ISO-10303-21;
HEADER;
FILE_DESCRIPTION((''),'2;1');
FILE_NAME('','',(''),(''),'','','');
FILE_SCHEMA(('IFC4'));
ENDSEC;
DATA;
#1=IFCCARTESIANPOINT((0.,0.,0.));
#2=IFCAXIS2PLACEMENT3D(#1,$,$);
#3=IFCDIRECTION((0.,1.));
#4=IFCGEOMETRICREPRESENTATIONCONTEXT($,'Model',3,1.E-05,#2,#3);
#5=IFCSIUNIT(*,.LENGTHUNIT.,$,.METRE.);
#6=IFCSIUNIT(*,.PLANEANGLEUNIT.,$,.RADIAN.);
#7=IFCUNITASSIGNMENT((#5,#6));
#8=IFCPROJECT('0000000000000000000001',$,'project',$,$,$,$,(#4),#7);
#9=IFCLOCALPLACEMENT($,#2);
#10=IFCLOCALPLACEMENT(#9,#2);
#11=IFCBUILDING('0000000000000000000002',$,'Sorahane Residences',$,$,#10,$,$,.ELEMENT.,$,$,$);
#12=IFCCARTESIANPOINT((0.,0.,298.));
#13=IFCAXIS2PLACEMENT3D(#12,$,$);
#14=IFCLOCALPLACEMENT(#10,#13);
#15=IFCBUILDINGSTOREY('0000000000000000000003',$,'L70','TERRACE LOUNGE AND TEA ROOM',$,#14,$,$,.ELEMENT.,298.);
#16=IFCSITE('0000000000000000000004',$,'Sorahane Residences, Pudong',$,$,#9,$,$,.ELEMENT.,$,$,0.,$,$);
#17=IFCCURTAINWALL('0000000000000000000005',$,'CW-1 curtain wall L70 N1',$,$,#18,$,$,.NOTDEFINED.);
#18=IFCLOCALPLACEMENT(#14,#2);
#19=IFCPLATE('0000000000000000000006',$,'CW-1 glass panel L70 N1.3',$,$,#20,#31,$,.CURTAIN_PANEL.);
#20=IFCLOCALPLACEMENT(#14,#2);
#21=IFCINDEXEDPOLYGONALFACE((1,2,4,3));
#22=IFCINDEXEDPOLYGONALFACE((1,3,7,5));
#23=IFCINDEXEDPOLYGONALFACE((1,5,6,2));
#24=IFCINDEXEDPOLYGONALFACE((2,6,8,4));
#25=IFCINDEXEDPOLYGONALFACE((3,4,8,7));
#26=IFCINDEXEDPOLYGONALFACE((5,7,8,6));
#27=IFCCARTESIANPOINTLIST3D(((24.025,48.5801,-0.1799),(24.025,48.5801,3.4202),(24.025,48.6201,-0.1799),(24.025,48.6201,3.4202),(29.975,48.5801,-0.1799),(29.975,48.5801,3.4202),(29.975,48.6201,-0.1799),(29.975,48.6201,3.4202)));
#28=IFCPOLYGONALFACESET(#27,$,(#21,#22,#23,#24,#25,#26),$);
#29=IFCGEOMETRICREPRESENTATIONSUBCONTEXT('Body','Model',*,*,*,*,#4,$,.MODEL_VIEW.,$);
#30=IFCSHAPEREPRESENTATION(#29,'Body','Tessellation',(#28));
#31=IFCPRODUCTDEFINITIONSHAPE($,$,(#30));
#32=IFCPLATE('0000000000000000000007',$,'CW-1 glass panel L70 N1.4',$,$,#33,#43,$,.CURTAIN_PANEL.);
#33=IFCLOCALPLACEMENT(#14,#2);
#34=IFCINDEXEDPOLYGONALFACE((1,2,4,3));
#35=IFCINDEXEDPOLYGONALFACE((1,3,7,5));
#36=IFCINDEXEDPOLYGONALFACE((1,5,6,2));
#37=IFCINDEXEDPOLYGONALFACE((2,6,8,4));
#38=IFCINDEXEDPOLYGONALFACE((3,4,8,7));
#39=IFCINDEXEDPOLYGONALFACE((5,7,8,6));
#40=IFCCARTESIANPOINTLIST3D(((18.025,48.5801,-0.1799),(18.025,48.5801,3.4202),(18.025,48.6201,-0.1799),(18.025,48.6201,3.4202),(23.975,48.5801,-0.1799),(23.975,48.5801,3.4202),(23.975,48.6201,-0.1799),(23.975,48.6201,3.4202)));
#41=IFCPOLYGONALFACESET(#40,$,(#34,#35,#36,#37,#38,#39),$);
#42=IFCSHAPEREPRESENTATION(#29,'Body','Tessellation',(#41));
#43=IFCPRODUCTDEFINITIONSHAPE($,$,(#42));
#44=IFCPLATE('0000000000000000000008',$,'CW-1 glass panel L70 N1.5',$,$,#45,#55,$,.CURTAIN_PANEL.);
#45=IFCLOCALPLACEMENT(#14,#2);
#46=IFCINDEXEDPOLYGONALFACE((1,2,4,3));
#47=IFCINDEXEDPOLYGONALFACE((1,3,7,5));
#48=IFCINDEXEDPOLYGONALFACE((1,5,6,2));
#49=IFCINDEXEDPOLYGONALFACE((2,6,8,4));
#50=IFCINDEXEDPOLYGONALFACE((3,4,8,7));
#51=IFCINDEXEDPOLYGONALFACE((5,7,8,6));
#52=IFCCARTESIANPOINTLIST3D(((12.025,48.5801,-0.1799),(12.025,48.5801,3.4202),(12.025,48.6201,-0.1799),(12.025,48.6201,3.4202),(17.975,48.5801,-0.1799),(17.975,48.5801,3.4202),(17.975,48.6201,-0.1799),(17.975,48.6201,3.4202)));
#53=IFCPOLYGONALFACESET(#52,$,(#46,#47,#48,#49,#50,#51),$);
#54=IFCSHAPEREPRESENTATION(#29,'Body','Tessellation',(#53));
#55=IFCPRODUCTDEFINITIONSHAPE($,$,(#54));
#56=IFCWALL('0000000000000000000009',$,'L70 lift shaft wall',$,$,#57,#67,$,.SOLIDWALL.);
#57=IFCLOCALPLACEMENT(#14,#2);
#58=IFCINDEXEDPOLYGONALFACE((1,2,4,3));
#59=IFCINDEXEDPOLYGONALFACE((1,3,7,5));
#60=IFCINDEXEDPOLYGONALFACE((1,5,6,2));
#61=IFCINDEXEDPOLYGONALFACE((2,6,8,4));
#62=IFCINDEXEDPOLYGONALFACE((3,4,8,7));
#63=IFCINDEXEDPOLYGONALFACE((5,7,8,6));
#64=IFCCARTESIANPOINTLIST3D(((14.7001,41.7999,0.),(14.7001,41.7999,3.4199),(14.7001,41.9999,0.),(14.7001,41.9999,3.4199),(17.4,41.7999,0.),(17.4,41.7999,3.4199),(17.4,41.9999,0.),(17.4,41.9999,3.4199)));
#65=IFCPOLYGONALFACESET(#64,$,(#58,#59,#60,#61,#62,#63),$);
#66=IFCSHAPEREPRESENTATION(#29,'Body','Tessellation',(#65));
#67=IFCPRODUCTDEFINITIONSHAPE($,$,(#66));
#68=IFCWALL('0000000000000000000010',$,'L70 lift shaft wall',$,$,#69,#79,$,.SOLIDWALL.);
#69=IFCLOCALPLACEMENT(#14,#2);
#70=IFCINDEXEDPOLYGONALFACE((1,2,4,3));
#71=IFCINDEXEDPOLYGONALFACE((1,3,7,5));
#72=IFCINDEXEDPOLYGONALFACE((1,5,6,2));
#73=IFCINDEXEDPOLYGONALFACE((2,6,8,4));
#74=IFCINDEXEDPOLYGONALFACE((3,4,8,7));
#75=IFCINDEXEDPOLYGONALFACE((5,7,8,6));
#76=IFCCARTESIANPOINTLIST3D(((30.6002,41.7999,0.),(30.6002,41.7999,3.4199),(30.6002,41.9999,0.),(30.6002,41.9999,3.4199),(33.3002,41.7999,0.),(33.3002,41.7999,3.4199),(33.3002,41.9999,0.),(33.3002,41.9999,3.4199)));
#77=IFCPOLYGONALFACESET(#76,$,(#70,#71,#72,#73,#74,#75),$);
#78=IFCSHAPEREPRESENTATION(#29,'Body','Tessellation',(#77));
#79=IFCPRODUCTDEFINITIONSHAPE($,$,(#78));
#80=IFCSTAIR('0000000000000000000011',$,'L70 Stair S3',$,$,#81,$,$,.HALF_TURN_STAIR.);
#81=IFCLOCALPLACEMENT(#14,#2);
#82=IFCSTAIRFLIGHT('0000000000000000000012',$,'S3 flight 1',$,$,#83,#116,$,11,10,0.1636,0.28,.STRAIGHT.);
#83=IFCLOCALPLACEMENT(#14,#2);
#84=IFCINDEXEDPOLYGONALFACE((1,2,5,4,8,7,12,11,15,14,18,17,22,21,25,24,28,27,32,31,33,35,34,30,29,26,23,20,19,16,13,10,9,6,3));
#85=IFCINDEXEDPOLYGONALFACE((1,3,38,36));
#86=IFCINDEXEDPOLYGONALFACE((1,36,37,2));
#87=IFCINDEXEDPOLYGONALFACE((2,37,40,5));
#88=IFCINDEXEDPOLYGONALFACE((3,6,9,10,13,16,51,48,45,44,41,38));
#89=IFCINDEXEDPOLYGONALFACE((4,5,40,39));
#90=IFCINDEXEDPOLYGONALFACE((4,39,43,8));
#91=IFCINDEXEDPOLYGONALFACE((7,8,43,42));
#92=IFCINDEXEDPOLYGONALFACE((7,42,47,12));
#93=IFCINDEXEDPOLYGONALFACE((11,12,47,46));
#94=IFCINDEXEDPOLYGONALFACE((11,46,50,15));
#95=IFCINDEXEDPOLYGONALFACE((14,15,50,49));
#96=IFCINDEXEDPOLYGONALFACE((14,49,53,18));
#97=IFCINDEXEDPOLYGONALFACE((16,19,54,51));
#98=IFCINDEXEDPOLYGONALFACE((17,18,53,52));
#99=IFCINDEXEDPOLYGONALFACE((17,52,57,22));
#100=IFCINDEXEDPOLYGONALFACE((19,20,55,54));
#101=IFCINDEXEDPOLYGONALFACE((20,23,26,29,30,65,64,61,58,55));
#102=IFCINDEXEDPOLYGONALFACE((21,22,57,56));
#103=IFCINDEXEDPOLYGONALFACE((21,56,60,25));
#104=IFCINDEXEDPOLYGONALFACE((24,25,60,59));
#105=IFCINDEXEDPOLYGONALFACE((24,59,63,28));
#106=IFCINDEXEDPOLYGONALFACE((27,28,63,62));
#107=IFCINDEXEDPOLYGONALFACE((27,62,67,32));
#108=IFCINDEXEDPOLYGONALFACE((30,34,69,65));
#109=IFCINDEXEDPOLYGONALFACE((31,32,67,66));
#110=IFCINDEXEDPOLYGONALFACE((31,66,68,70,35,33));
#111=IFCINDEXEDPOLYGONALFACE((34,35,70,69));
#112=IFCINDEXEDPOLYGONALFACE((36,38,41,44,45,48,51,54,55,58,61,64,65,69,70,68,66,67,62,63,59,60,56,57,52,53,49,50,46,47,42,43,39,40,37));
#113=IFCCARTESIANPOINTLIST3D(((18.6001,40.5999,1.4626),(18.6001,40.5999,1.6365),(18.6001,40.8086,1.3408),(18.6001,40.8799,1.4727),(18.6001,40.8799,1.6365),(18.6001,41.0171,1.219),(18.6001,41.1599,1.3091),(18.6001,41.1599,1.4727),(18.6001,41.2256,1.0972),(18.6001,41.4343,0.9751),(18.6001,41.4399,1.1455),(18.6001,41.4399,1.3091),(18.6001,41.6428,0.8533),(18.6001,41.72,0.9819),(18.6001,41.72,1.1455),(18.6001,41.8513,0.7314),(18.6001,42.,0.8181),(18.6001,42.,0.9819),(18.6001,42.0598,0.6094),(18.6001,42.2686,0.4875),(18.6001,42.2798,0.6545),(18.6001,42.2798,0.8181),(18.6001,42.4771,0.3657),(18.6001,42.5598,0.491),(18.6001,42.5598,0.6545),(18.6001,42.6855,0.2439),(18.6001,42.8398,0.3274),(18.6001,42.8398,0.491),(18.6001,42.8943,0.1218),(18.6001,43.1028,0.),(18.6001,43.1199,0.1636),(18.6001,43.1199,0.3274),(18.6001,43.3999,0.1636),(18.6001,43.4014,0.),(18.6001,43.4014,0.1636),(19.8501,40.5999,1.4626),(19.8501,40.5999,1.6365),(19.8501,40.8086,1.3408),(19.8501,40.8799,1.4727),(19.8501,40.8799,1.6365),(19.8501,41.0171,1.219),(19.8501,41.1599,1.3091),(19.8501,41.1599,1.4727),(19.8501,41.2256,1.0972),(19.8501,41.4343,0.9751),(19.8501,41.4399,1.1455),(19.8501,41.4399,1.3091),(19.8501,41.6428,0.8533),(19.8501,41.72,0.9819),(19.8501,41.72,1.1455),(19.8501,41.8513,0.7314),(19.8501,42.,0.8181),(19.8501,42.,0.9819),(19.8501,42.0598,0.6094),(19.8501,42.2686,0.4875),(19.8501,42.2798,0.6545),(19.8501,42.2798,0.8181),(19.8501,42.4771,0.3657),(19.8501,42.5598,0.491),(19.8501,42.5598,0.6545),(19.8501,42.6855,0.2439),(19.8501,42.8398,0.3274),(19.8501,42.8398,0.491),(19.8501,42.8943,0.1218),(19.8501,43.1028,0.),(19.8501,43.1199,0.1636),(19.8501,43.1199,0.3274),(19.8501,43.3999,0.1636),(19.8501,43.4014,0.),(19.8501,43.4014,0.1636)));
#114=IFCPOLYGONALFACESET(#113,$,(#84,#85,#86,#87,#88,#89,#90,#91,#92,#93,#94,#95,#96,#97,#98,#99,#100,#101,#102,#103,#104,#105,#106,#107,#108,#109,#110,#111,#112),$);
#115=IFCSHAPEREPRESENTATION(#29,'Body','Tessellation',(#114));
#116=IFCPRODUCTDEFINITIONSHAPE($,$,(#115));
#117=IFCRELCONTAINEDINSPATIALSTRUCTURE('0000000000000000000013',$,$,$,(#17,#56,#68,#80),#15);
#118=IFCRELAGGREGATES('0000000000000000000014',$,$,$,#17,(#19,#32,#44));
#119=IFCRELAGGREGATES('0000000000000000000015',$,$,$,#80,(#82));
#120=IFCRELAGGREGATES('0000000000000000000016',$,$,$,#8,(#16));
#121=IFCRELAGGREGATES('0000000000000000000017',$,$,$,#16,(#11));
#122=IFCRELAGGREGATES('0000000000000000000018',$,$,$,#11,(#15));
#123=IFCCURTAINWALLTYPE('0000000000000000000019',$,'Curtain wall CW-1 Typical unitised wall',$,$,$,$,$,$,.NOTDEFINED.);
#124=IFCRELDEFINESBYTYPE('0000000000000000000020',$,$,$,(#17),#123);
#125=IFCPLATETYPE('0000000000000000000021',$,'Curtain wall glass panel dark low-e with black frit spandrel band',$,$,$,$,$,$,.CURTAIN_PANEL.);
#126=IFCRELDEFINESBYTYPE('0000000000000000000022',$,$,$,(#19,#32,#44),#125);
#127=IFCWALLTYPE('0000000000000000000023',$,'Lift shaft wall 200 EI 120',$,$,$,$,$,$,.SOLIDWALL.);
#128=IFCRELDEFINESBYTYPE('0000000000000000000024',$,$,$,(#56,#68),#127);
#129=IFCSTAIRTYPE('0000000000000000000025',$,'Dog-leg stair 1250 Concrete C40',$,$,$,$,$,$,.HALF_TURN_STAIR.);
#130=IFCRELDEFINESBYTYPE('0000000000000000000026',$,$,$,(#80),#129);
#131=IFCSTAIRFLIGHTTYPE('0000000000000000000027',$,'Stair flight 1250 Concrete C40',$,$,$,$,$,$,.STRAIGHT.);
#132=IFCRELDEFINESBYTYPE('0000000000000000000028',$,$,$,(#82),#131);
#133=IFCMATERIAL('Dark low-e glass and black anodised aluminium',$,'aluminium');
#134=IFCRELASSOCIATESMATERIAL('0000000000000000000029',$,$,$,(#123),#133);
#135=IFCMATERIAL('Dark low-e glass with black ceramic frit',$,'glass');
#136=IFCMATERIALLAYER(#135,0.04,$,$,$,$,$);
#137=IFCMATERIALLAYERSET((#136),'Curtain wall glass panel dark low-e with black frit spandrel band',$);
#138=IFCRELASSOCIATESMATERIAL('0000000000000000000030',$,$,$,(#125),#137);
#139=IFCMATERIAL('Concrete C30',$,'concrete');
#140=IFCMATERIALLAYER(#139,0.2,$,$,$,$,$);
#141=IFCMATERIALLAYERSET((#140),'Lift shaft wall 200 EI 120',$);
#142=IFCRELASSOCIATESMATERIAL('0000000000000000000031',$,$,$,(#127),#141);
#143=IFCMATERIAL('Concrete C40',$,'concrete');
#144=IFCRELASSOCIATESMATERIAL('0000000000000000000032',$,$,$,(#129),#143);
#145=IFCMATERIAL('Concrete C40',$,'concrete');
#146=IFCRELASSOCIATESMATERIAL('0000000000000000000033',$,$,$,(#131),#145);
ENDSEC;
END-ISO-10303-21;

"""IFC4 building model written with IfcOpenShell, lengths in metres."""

from ifc_helpers import new_model, si_unit, direction, frame, frame_2d, origin, origin_2d, place, context, subcontext, project, spatial, polyline, rectangle, outline, extrude, material, layer, layer_set, type_object, element, aggregate, save


model = new_model("IFC4")

# Units and contexts
model_context = context("Model", 3, precision=1e-05, world=origin(), true_north=direction((0.0, 1.0)))
body_context = subcontext(model_context, "Body", "Model", "MODEL_VIEW")
ifc_project = project(units=[si_unit("LENGTHUNIT", "METRE"), si_unit("PLANEANGLEUNIT", "RADIAN")], contexts=[model_context])

# Site, building, storey
site_placement = place(None, origin())
site = spatial("IfcSite", under=ifc_project, at=site_placement, Name="Sorahane Residences, Pudong", CompositionType="ELEMENT", RefElevation=0.0)
building_placement = place(site_placement, origin())
building = spatial("IfcBuilding", under=site, at=building_placement, Name="Sorahane Residences", CompositionType="ELEMENT")
storey_placement = place(building_placement, frame((0.0, 0.0, 298.0)))
storey = spatial("IfcBuildingStorey", under=building, at=storey_placement, Name="L70", Description="TERRACE LOUNGE AND TEA ROOM", CompositionType="ELEMENT", Elevation=298.0)

# Curtain wall
ifc_material_1 = material(Name="Dark low-e glass and black anodised aluminium", Category="aluminium")
curtain_wall_type = type_object("IfcCurtainWallType", Name="Curtain wall CW-1 Typical unitised wall", PredefinedType="NOTDEFINED", material=ifc_material_1)
curtain_wall_placement = place(storey_placement, origin())
curtain_wall = element("IfcCurtainWall", 1, at=curtain_wall_placement, inside=storey, type_object=curtain_wall_type, Name="CW-1 curtain wall L70 N1", PredefinedType="NOTDEFINED")

# Plates
ifc_material_2 = material(Name="Dark low-e glass with black ceramic frit", Category="glass")
ifc_layer_1 = layer(ifc_material_2, 0.04)
ifc_layer_set_1 = layer_set([ifc_layer_1], Name="Curtain wall glass panel dark low-e with black frit spandrel band")
plate_type = type_object("IfcPlateType", Name="Curtain wall glass panel dark low-e with black frit spandrel band", PredefinedType="CURTAIN_PANEL", material=ifc_layer_set_1)
plate_1_placement = place(storey_placement, frame((27.0, 48.6001, -0.1799), z_axis=(0.0, 0.0, 1.0), x_axis=(-1.0, 0.0, 0.0)))
plate_1 = element("IfcPlate", 2, at=plate_1_placement, type_object=plate_type, Name="CW-1 glass panel L70 N1.3", PredefinedType="CURTAIN_PANEL", context=body_context, shape_type="SweptSolid", body=[
    extrude(rectangle(XDim=5.95, YDim=0.04, at=origin_2d()), origin(), (0.0, 0.0, 1.0), 3.6001),
])
plate_2_placement = place(storey_placement, frame((21.0, 48.6001, -0.1799), z_axis=(0.0, 0.0, 1.0), x_axis=(-1.0, 0.0, 0.0)))
plate_2 = element("IfcPlate", 3, at=plate_2_placement, type_object=plate_type, Name="CW-1 glass panel L70 N1.4", PredefinedType="CURTAIN_PANEL", context=body_context, shape_type="SweptSolid", body=[
    extrude(rectangle(XDim=5.95, YDim=0.04, at=origin_2d()), origin(), (0.0, 0.0, 1.0), 3.6001),
])
plate_3_placement = place(storey_placement, frame((15.0, 48.6001, -0.1799), z_axis=(0.0, 0.0, 1.0), x_axis=(-1.0, 0.0, 0.0)))
plate_3 = element("IfcPlate", 4, at=plate_3_placement, type_object=plate_type, Name="CW-1 glass panel L70 N1.5", PredefinedType="CURTAIN_PANEL", context=body_context, shape_type="SweptSolid", body=[
    extrude(rectangle(XDim=5.95, YDim=0.04, at=origin_2d()), origin(), (0.0, 0.0, 1.0), 3.6001),
])
aggregate(curtain_wall, [plate_1, plate_2, plate_3])

# Walls
ifc_material_3 = material(Name="Concrete C30", Category="concrete")
ifc_layer_2 = layer(ifc_material_3, 0.2)
ifc_layer_set_2 = layer_set([ifc_layer_2], Name="Lift shaft wall 200 EI 120")
wall_type = type_object("IfcWallType", Name="Lift shaft wall 200 EI 120", PredefinedType="SOLIDWALL", material=ifc_layer_set_2)
for number, where, z_axis, x_axis, name in (
    (5, (14.7, 41.8999, 0.0), (0.0, 0.0, 1.0), (1.0, 0.0, 0.0), "L70 lift shaft wall"),
    (6, (30.6001, 41.8999, 0.0), (0.0, 0.0, 1.0), (1.0, 0.0, 0.0), "L70 lift shaft wall"),
):
    element("IfcWall", number, at=place(storey_placement, frame(where, z_axis=z_axis, x_axis=x_axis)), inside=storey, type_object=wall_type, Name=name, PredefinedType="SOLIDWALL", context=body_context, shape_type="SweptSolid", body=[
        extrude(rectangle(XDim=2.7, YDim=0.2, at=frame_2d((1.3501, 0.0))), origin(), (0.0, 0.0, 1.0), 3.4199),
    ])

# Stair, stair flight
ifc_material_4 = material(Name="Concrete C40", Category="concrete")
stair_type = type_object("IfcStairType", Name="Dog-leg stair 1250 Concrete C40", PredefinedType="HALF_TURN_STAIR", material=ifc_material_4)
stair_placement = place(storey_placement, origin())
stair = element("IfcStair", 7, at=stair_placement, inside=storey, type_object=stair_type, Name="L70 Stair S3", PredefinedType="HALF_TURN_STAIR")
ifc_material_5 = material(Name="Concrete C40", Category="concrete")
stair_flight_type = type_object("IfcStairFlightType", Name="Stair flight 1250 Concrete C40", PredefinedType="STRAIGHT", material=ifc_material_5)
stair_flight_placement = place(storey_placement, frame((19.2251, 43.3999, 0.0), z_axis=(0.0, 0.0, 1.0), x_axis=(0.0, -1.0, 0.0)))
stair_flight = element("IfcStairFlight", 8, at=stair_flight_placement, type_object=stair_flight_type, Name="S3 flight 1", NumberOfRisers=11, NumberOfTreads=10, PredefinedType="STRAIGHT", RiserHeight=0.1636, TreadLength=0.28, context=body_context, shape_type="SweptSolid", body=[
    extrude(outline(polyline([(-0.0015, 0.0), (-0.0015, 0.1636), (0.0, 0.1636), (0.28, 0.1636), (0.28, 0.3274), (0.5601, 0.3274), (0.5601, 0.491), (0.8401, 0.491), (0.8401, 0.6545), (1.1201, 0.6545), (1.1201, 0.8181), (1.3999, 0.8181), (1.3999, 0.9819), (1.6799, 0.9819), (1.6799, 1.1455), (1.96, 1.1455), (1.96, 1.3091), (2.24, 1.3091), (2.24, 1.4727), (2.52, 1.4727), (2.52, 1.6365), (2.8, 1.6365), (2.8, 1.8), (2.8, 1.4626), (2.5913, 1.3408), (2.3828, 1.219), (2.1743, 1.0972), (1.9656, 0.9751), (1.7571, 0.8533), (1.5486, 0.7314), (1.3401, 0.6094), (1.1313, 0.4875), (0.9229, 0.3657), (0.7144, 0.2439), (0.5056, 0.1218), (0.2971, 0.0), (-0.0015, 0.0)])), frame((0.0, 0.625, 0.0), z_axis=(0.0, -1.0, 0.0), x_axis=(1.0, 0.0, 0.0)), (0.0, 0.0, 1.0), 1.25),
])
aggregate(stair, [stair_flight])

save(model, "model.ifc")
